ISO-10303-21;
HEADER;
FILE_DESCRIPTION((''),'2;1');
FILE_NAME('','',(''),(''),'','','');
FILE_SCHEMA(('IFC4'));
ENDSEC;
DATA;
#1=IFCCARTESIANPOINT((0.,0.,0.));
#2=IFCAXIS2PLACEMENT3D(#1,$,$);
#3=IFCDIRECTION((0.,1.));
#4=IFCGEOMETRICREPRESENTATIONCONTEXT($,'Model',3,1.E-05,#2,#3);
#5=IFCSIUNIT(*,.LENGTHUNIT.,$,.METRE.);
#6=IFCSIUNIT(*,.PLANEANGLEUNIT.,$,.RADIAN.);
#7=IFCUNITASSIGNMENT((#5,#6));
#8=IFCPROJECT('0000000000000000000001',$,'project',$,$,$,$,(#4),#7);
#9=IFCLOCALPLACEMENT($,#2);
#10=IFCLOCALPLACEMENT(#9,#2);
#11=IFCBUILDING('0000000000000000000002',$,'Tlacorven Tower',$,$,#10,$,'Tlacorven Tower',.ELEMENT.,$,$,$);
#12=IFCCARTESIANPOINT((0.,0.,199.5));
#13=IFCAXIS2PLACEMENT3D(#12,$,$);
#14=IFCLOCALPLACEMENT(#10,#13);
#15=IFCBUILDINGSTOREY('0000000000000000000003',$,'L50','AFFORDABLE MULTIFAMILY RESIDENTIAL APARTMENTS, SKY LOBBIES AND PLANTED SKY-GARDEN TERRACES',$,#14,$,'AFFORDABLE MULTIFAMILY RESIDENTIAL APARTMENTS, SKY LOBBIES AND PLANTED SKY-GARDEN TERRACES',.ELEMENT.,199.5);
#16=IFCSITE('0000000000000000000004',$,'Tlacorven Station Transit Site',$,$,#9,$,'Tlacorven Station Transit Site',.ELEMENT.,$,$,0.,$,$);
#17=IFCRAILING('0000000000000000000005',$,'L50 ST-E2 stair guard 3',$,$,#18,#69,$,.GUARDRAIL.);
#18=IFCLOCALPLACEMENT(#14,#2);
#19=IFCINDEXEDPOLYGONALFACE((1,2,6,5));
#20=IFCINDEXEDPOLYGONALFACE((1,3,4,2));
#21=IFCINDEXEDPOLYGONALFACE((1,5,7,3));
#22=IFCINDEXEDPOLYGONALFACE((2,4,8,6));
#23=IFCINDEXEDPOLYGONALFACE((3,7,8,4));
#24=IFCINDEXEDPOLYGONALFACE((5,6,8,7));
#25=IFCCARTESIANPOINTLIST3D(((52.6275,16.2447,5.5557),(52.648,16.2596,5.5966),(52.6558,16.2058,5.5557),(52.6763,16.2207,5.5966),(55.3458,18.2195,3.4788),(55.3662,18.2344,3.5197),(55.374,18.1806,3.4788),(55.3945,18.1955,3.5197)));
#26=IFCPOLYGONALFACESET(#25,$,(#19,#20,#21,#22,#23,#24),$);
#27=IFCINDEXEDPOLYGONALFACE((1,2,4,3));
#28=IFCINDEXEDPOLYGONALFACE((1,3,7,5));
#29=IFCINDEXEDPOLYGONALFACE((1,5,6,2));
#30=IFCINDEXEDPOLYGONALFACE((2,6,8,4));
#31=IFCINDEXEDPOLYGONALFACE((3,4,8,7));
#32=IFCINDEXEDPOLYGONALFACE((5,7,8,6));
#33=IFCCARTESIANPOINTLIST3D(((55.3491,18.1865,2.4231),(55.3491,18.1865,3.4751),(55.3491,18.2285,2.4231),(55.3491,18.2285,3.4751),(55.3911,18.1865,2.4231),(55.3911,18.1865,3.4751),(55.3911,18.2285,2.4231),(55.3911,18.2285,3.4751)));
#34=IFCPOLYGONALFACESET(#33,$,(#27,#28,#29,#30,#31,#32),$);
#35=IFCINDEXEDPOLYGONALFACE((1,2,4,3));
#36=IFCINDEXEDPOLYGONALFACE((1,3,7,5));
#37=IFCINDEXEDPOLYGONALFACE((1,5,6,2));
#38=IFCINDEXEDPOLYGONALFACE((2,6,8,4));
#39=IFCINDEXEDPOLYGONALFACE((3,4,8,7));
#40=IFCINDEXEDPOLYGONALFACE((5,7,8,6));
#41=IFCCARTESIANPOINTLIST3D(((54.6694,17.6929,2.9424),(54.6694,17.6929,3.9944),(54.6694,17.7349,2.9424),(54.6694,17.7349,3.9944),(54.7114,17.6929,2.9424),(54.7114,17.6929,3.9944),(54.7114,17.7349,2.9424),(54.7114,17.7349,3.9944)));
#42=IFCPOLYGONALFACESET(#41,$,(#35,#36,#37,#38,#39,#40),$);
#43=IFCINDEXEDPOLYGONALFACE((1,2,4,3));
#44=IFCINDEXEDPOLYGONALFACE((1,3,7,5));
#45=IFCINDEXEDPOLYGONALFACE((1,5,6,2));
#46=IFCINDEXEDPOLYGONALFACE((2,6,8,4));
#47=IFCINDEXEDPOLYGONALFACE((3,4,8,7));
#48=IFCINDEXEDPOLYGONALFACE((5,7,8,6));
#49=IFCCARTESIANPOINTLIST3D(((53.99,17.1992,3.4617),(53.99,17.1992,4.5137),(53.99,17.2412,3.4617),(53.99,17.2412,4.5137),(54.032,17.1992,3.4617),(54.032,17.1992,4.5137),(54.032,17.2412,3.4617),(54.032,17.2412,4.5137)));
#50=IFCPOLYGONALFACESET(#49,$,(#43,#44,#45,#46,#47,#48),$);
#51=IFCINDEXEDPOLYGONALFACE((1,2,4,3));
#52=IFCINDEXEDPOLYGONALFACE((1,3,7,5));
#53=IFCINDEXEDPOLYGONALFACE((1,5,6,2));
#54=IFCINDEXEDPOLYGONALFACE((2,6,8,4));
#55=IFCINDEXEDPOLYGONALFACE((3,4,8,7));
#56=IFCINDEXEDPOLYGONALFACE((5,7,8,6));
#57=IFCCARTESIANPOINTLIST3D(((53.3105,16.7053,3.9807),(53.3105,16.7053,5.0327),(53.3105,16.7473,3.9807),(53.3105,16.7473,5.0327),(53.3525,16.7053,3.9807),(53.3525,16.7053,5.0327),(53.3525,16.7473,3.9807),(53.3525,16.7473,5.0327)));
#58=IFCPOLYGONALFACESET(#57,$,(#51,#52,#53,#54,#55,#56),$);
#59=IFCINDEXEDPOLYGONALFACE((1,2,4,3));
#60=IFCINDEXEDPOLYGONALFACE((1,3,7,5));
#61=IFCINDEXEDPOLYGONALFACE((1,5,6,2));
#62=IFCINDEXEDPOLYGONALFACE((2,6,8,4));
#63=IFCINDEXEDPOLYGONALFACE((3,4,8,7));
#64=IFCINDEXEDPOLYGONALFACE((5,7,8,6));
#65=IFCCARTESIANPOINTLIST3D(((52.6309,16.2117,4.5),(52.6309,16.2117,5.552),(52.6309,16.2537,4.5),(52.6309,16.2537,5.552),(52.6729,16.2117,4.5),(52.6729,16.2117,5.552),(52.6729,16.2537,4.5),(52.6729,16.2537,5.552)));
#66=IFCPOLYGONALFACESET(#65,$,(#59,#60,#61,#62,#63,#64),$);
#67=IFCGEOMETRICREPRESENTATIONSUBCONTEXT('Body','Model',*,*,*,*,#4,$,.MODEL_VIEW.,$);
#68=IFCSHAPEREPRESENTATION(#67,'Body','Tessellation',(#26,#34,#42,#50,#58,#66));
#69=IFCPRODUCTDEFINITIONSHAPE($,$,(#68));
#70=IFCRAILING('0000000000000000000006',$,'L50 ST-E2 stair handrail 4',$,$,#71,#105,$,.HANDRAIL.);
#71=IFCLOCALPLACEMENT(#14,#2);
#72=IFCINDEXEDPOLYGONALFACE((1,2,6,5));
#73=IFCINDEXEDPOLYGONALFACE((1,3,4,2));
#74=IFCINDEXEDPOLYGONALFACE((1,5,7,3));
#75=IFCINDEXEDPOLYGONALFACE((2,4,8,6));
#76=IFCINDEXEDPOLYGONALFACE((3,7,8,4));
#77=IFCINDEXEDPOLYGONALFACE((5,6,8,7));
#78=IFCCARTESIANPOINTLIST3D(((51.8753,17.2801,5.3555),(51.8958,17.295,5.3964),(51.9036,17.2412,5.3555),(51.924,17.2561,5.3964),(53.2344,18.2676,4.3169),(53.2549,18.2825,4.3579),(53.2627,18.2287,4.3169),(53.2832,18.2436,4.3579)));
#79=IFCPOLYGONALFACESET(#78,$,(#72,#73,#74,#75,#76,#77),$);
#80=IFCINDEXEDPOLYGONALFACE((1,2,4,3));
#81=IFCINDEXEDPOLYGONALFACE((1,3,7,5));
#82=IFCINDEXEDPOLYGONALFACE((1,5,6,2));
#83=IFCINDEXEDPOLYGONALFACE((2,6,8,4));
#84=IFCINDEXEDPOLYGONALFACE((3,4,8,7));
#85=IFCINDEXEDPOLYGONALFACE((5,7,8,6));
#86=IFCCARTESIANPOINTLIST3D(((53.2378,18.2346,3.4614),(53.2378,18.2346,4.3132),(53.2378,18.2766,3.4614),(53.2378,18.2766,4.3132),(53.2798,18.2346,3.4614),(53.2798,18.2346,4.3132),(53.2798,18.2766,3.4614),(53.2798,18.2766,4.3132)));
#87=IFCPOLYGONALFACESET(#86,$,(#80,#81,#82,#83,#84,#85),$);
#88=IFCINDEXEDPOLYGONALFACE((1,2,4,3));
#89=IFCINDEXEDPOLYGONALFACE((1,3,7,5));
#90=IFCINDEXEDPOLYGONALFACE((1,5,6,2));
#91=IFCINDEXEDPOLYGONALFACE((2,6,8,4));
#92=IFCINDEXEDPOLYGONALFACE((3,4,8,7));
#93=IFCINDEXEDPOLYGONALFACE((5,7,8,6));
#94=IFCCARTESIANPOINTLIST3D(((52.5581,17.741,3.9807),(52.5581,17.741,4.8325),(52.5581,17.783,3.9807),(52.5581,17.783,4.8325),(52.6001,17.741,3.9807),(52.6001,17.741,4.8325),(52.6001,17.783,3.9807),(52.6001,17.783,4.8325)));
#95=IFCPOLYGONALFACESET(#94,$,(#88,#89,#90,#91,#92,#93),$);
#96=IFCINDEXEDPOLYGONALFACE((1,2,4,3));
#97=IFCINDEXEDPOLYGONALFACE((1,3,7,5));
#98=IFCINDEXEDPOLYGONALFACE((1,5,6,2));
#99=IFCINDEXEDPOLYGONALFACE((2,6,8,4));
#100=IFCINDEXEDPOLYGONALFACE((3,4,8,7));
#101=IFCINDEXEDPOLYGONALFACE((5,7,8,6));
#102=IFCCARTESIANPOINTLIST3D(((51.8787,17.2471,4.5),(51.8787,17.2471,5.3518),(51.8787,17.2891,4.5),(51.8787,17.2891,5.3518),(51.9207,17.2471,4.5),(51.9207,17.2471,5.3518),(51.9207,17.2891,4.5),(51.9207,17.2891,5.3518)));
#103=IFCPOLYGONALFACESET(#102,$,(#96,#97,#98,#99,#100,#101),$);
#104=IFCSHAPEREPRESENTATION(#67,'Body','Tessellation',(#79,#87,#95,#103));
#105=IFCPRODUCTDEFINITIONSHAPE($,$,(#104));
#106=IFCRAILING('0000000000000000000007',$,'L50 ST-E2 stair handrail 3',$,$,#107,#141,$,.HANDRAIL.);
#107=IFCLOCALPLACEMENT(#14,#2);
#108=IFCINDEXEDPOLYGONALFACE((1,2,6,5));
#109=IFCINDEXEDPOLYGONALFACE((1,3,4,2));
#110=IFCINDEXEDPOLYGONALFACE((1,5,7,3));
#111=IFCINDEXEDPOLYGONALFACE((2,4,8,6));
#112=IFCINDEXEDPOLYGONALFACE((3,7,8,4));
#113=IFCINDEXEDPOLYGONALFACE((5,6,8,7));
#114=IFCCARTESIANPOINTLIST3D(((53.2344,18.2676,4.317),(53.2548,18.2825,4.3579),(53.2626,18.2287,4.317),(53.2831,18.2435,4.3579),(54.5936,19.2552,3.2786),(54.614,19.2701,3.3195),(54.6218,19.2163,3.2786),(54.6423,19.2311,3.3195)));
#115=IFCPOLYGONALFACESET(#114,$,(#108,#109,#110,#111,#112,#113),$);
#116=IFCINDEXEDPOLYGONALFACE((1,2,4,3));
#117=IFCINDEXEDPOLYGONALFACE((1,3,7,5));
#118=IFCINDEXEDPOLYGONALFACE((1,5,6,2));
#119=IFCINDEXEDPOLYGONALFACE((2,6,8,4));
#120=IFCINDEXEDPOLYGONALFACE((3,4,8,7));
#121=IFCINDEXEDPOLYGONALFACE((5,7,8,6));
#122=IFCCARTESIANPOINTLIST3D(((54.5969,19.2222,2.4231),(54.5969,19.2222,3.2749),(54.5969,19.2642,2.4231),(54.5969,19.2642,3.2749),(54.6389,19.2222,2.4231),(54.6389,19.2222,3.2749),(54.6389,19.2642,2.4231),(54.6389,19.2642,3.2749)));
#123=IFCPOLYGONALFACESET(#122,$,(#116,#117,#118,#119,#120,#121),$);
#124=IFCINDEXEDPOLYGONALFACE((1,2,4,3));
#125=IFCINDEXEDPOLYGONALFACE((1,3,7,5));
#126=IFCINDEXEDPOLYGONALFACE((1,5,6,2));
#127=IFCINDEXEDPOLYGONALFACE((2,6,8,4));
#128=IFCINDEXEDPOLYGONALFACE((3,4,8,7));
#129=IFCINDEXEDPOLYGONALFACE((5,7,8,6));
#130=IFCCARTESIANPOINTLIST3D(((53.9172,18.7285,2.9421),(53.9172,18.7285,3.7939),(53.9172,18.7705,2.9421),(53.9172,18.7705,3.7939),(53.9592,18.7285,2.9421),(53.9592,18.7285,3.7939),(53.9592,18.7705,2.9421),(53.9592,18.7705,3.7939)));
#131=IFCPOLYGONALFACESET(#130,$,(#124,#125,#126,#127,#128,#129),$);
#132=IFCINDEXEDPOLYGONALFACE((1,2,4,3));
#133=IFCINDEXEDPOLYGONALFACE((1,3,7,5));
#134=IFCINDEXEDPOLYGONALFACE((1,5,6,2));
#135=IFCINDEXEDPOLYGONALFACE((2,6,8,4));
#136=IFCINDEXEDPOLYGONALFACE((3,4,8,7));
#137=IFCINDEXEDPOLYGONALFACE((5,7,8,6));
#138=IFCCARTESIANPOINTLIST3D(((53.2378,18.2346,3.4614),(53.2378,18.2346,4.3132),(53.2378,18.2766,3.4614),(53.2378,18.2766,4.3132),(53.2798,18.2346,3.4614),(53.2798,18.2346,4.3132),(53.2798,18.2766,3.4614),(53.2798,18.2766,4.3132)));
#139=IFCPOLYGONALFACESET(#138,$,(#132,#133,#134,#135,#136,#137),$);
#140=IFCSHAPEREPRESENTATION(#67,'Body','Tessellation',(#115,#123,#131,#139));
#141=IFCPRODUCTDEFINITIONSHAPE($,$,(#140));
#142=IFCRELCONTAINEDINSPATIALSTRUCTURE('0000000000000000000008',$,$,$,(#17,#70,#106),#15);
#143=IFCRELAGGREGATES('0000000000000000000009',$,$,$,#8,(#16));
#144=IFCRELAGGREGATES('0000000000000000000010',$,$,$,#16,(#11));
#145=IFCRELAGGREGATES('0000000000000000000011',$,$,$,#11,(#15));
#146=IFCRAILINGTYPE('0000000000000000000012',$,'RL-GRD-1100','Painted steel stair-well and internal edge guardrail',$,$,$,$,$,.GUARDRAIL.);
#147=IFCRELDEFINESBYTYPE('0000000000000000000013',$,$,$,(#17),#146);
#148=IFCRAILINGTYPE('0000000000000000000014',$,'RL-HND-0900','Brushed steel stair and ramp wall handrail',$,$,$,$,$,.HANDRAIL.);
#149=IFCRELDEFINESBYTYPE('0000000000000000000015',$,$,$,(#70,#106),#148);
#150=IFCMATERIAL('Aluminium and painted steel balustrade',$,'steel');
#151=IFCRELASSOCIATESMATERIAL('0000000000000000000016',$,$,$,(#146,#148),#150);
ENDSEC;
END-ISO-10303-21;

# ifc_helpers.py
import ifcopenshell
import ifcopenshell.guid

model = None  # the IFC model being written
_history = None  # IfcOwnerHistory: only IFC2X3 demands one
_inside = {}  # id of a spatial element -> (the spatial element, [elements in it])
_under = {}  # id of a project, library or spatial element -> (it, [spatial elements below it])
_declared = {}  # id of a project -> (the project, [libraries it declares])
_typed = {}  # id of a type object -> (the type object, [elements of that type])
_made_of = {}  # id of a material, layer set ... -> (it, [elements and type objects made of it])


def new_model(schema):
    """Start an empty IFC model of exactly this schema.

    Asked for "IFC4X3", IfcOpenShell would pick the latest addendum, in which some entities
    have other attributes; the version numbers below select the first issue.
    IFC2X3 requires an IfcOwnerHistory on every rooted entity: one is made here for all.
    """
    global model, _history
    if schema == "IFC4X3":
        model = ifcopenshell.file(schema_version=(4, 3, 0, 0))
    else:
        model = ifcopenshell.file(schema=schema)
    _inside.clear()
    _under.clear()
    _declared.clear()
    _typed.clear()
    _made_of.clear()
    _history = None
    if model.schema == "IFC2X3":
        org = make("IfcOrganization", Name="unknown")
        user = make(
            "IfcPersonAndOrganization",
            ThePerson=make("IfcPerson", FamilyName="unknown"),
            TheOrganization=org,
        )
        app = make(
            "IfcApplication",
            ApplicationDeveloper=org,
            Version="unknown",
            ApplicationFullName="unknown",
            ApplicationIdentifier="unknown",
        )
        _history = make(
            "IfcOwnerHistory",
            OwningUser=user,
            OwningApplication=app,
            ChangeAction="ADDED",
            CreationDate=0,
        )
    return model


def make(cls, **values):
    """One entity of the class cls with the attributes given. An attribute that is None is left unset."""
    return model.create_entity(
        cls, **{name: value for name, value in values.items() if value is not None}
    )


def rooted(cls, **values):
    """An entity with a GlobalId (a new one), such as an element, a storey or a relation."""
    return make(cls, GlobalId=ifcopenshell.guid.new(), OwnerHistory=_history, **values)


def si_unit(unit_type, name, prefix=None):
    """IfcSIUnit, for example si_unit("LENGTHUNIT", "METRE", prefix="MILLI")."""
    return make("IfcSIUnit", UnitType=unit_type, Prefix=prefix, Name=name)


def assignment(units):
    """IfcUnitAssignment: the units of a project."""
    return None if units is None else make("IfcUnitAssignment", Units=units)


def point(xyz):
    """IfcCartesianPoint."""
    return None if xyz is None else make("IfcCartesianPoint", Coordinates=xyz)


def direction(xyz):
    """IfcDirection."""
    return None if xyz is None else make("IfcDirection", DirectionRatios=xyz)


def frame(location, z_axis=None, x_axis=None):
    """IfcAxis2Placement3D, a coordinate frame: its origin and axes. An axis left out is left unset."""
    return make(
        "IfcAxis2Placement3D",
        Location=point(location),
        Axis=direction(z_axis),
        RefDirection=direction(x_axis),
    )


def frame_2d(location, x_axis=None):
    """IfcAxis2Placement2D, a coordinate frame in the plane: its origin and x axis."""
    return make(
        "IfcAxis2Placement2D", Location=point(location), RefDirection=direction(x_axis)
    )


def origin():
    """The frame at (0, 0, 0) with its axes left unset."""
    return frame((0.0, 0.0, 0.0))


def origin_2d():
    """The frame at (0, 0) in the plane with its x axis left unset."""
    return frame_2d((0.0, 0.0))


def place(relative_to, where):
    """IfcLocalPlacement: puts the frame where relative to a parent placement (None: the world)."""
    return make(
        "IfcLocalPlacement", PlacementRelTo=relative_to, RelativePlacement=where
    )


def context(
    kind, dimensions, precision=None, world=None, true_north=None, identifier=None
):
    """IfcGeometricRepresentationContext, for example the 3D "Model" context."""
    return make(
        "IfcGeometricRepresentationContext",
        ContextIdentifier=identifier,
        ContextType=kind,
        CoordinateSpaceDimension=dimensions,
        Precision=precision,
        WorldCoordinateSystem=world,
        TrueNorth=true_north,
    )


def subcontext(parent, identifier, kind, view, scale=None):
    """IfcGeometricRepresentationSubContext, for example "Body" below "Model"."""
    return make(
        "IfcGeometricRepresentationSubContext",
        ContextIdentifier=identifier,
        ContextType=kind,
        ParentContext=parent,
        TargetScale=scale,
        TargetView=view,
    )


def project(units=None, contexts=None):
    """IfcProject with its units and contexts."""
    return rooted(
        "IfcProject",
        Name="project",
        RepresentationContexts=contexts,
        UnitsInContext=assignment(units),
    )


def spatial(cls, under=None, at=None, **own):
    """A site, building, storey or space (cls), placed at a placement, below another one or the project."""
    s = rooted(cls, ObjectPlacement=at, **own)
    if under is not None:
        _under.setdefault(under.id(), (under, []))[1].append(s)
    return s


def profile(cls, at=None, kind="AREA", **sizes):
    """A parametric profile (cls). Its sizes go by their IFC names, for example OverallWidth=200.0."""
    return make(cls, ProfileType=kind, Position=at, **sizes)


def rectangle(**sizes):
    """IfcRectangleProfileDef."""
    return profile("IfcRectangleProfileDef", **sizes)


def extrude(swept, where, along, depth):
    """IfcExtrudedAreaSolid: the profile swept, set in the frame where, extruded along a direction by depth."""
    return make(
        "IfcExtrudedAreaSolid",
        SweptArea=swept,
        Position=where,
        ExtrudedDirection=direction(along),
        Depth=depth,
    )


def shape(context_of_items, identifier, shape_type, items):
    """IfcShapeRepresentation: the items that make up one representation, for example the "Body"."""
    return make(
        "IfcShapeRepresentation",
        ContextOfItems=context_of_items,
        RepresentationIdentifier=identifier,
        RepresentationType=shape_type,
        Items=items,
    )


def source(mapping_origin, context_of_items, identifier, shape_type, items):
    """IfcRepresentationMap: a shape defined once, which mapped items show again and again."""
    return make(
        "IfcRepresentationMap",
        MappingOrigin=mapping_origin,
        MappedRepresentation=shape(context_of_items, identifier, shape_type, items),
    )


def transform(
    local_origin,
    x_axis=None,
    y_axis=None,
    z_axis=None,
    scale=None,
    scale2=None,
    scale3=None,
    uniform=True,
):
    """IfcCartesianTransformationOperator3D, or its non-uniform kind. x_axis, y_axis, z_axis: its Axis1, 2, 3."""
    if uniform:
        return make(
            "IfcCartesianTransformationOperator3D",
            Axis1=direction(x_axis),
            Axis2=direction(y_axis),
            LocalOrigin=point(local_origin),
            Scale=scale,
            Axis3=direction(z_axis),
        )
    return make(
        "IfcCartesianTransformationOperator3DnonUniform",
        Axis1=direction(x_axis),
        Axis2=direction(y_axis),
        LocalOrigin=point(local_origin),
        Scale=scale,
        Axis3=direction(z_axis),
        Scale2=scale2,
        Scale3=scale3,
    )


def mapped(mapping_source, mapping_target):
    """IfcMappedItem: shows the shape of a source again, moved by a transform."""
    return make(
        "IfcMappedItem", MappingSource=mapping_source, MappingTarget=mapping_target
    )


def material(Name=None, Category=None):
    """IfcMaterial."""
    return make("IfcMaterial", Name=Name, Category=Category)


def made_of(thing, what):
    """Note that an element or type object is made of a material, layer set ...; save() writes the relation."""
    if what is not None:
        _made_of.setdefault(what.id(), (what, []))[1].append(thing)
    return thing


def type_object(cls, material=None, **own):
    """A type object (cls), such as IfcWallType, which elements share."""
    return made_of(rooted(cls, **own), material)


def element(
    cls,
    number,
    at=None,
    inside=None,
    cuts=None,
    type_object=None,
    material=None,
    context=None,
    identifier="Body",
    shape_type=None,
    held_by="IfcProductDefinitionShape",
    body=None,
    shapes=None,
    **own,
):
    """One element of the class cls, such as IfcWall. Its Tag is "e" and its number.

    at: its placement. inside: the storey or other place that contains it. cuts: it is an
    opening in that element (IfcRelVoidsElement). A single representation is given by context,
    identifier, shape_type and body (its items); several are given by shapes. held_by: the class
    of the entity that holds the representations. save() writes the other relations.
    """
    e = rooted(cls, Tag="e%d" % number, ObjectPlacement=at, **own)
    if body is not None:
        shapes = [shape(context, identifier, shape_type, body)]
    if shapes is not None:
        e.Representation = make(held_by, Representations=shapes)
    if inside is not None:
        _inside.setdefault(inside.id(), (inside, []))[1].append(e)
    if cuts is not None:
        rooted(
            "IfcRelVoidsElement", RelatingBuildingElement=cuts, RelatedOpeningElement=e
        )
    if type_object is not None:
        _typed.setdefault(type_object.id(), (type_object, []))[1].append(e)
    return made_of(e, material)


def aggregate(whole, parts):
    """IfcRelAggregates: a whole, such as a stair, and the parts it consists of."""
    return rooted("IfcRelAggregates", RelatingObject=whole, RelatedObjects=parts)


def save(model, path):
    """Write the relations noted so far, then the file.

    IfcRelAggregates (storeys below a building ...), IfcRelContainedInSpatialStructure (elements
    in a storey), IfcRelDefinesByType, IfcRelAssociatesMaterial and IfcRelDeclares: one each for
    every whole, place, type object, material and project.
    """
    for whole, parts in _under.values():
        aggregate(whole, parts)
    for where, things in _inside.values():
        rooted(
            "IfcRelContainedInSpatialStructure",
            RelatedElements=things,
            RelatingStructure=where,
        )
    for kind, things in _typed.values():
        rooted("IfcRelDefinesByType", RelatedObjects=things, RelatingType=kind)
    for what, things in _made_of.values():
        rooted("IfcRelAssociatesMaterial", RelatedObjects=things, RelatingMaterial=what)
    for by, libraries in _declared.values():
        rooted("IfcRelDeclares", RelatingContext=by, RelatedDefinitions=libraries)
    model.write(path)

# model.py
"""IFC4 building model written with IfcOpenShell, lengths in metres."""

from ifc_helpers import new_model, si_unit, direction, frame, origin, origin_2d, place, context, subcontext, project, spatial, rectangle, extrude, source, transform, mapped, material, type_object, element, save


model = new_model("IFC4")

# Units and contexts
model_context = context("Model", 3, precision=1e-05, world=origin(), true_north=direction((0.0, 1.0)))
body_context = subcontext(model_context, "Body", "Model", "MODEL_VIEW")
ifc_project = project(units=[si_unit("LENGTHUNIT", "METRE"), si_unit("PLANEANGLEUNIT", "RADIAN")], contexts=[model_context])

# Site, building, storey
site_placement = place(None, origin())
site = spatial("IfcSite", under=ifc_project, at=site_placement, Name="Tlacorven Station Transit Site", LongName="Tlacorven Station Transit Site", CompositionType="ELEMENT", RefElevation=0.0)
building_placement = place(site_placement, origin())
building = spatial("IfcBuilding", under=site, at=building_placement, Name="Tlacorven Tower", LongName="Tlacorven Tower", CompositionType="ELEMENT")
storey_placement = place(building_placement, frame((0.0, 0.0, 199.5)))
storey = spatial("IfcBuildingStorey", under=building, at=storey_placement, Name="L50", Description="AFFORDABLE MULTIFAMILY RESIDENTIAL APARTMENTS, SKY LOBBIES AND PLANTED SKY-GARDEN TERRACES", LongName="AFFORDABLE MULTIFAMILY RESIDENTIAL APARTMENTS, SKY LOBBIES AND PLANTED SKY-GARDEN TERRACES", CompositionType="ELEMENT", Elevation=199.5)

# Shared definitions
ifc_material_1 = material(Name="Aluminium and painted steel balustrade", Category="steel")
railing_type_1 = type_object("IfcRailingType", Name="RL-GRD-1100", Description="Painted steel stair-well and internal edge guardrail", PredefinedType="GUARDRAIL", material=ifc_material_1)

# Railings
shared_shape_1 = source(origin(), body_context, "Body", "SweptSolid", [
    extrude(rectangle(XDim=0.0481, YDim=0.0481, at=origin_2d()), frame((0.0, 0.0, 1.0762), z_axis=(-0.688167, -0.499963, 0.525798), x_axis=(0.58777, -0.809028, 0.0)), (0.0, 0.0, 1.0), 3.95),
    extrude(rectangle(XDim=0.042, YDim=0.042, at=origin_2d()), origin(), (0.0, 0.0, 1.0), 1.052),
    extrude(rectangle(XDim=0.042, YDim=0.042, at=origin_2d()), frame((-0.6797, -0.4937, 0.5193)), (0.0, 0.0, 1.0), 1.052),
    extrude(rectangle(XDim=0.042, YDim=0.042, at=origin_2d()), frame((-1.3591, -0.9873, 1.0386)), (0.0, 0.0, 1.0), 1.052),
    extrude(rectangle(XDim=0.042, YDim=0.042, at=origin_2d()), frame((-2.0386, -1.4812, 1.5576)), (0.0, 0.0, 1.0), 1.052),
    extrude(rectangle(XDim=0.042, YDim=0.042, at=origin_2d()), frame((-2.7183, -1.9749, 2.0769)), (0.0, 0.0, 1.0), 1.052),
])
railing_1_placement = place(storey_placement, frame((55.3701, 18.2075, 2.4231)))
element("IfcRailing", 1, at=railing_1_placement, inside=storey, type_object=railing_type_1, Name="L50 ST-E2 stair guard 3", PredefinedType="GUARDRAIL", context=body_context, shape_type="MappedRepresentation", body=[
    mapped(shared_shape_1, transform((0.0, 0.0, 0.0), scale=1.0)),
])
railing_type_2 = type_object("IfcRailingType", Name="RL-HND-0900", Description="Brushed steel stair and ramp wall handrail", PredefinedType="HANDRAIL", material=ifc_material_1)
shared_shape_2 = source(origin(), body_context, "Body", "SweptSolid", [
    extrude(rectangle(XDim=0.0481, YDim=0.0481, at=origin_2d()), frame((0.0, 0.0, 0.876), z_axis=(-0.688123, -0.499993, 0.525827), x_axis=(0.587817, -0.808994, 0.0)), (0.0, 0.0, 1.0), 1.9751),
    extrude(rectangle(XDim=0.042, YDim=0.042, at=origin_2d()), origin(), (0.0, 0.0, 1.0), 0.8518),
    extrude(rectangle(XDim=0.042, YDim=0.042, at=origin_2d()), frame((-0.6797, -0.4937, 0.5193)), (0.0, 0.0, 1.0), 0.8518),
    extrude(rectangle(XDim=0.042, YDim=0.042, at=origin_2d()), frame((-1.3591, -0.9875, 1.0386)), (0.0, 0.0, 1.0), 0.8518),
])
railing_2_placement = place(storey_placement, frame((53.2588, 18.2556, 3.4614)))
element("IfcRailing", 2, at=railing_2_placement, inside=storey, type_object=railing_type_2, Name="L50 ST-E2 stair handrail 4", PredefinedType="HANDRAIL", context=body_context, shape_type="MappedRepresentation", body=[
    mapped(shared_shape_2, transform((0.0, 0.0, 0.0), scale=1.0)),
])
shared_shape_3 = source(origin(), body_context, "Body", "SweptSolid", [
    extrude(rectangle(XDim=0.0481, YDim=0.0481, at=origin_2d()), frame((0.0, 0.0, 0.876), z_axis=(-0.688168, -0.500025, 0.525737), x_axis=(0.587817, -0.808994, 0.0)), (0.0, 0.0, 1.0), 1.9751),
    extrude(rectangle(XDim=0.042, YDim=0.042, at=origin_2d()), origin(), (0.0, 0.0, 1.0), 0.8518),
    extrude(rectangle(XDim=0.042, YDim=0.042, at=origin_2d()), frame((-0.6797, -0.4937, 0.519)), (0.0, 0.0, 1.0), 0.8518),
    extrude(rectangle(XDim=0.042, YDim=0.042, at=origin_2d()), frame((-1.3591, -0.9875, 1.0383)), (0.0, 0.0, 1.0), 0.8518),
])
railing_3_placement = place(storey_placement, frame((54.6179, 19.2432, 2.4231)))
element("IfcRailing", 3, at=railing_3_placement, inside=storey, type_object=railing_type_2, Name="L50 ST-E2 stair handrail 3", PredefinedType="HANDRAIL", context=body_context, shape_type="MappedRepresentation", body=[
    mapped(shared_shape_3, transform((0.0, 0.0, 0.0), scale=1.0)),
])

save(model, "model.ifc")
